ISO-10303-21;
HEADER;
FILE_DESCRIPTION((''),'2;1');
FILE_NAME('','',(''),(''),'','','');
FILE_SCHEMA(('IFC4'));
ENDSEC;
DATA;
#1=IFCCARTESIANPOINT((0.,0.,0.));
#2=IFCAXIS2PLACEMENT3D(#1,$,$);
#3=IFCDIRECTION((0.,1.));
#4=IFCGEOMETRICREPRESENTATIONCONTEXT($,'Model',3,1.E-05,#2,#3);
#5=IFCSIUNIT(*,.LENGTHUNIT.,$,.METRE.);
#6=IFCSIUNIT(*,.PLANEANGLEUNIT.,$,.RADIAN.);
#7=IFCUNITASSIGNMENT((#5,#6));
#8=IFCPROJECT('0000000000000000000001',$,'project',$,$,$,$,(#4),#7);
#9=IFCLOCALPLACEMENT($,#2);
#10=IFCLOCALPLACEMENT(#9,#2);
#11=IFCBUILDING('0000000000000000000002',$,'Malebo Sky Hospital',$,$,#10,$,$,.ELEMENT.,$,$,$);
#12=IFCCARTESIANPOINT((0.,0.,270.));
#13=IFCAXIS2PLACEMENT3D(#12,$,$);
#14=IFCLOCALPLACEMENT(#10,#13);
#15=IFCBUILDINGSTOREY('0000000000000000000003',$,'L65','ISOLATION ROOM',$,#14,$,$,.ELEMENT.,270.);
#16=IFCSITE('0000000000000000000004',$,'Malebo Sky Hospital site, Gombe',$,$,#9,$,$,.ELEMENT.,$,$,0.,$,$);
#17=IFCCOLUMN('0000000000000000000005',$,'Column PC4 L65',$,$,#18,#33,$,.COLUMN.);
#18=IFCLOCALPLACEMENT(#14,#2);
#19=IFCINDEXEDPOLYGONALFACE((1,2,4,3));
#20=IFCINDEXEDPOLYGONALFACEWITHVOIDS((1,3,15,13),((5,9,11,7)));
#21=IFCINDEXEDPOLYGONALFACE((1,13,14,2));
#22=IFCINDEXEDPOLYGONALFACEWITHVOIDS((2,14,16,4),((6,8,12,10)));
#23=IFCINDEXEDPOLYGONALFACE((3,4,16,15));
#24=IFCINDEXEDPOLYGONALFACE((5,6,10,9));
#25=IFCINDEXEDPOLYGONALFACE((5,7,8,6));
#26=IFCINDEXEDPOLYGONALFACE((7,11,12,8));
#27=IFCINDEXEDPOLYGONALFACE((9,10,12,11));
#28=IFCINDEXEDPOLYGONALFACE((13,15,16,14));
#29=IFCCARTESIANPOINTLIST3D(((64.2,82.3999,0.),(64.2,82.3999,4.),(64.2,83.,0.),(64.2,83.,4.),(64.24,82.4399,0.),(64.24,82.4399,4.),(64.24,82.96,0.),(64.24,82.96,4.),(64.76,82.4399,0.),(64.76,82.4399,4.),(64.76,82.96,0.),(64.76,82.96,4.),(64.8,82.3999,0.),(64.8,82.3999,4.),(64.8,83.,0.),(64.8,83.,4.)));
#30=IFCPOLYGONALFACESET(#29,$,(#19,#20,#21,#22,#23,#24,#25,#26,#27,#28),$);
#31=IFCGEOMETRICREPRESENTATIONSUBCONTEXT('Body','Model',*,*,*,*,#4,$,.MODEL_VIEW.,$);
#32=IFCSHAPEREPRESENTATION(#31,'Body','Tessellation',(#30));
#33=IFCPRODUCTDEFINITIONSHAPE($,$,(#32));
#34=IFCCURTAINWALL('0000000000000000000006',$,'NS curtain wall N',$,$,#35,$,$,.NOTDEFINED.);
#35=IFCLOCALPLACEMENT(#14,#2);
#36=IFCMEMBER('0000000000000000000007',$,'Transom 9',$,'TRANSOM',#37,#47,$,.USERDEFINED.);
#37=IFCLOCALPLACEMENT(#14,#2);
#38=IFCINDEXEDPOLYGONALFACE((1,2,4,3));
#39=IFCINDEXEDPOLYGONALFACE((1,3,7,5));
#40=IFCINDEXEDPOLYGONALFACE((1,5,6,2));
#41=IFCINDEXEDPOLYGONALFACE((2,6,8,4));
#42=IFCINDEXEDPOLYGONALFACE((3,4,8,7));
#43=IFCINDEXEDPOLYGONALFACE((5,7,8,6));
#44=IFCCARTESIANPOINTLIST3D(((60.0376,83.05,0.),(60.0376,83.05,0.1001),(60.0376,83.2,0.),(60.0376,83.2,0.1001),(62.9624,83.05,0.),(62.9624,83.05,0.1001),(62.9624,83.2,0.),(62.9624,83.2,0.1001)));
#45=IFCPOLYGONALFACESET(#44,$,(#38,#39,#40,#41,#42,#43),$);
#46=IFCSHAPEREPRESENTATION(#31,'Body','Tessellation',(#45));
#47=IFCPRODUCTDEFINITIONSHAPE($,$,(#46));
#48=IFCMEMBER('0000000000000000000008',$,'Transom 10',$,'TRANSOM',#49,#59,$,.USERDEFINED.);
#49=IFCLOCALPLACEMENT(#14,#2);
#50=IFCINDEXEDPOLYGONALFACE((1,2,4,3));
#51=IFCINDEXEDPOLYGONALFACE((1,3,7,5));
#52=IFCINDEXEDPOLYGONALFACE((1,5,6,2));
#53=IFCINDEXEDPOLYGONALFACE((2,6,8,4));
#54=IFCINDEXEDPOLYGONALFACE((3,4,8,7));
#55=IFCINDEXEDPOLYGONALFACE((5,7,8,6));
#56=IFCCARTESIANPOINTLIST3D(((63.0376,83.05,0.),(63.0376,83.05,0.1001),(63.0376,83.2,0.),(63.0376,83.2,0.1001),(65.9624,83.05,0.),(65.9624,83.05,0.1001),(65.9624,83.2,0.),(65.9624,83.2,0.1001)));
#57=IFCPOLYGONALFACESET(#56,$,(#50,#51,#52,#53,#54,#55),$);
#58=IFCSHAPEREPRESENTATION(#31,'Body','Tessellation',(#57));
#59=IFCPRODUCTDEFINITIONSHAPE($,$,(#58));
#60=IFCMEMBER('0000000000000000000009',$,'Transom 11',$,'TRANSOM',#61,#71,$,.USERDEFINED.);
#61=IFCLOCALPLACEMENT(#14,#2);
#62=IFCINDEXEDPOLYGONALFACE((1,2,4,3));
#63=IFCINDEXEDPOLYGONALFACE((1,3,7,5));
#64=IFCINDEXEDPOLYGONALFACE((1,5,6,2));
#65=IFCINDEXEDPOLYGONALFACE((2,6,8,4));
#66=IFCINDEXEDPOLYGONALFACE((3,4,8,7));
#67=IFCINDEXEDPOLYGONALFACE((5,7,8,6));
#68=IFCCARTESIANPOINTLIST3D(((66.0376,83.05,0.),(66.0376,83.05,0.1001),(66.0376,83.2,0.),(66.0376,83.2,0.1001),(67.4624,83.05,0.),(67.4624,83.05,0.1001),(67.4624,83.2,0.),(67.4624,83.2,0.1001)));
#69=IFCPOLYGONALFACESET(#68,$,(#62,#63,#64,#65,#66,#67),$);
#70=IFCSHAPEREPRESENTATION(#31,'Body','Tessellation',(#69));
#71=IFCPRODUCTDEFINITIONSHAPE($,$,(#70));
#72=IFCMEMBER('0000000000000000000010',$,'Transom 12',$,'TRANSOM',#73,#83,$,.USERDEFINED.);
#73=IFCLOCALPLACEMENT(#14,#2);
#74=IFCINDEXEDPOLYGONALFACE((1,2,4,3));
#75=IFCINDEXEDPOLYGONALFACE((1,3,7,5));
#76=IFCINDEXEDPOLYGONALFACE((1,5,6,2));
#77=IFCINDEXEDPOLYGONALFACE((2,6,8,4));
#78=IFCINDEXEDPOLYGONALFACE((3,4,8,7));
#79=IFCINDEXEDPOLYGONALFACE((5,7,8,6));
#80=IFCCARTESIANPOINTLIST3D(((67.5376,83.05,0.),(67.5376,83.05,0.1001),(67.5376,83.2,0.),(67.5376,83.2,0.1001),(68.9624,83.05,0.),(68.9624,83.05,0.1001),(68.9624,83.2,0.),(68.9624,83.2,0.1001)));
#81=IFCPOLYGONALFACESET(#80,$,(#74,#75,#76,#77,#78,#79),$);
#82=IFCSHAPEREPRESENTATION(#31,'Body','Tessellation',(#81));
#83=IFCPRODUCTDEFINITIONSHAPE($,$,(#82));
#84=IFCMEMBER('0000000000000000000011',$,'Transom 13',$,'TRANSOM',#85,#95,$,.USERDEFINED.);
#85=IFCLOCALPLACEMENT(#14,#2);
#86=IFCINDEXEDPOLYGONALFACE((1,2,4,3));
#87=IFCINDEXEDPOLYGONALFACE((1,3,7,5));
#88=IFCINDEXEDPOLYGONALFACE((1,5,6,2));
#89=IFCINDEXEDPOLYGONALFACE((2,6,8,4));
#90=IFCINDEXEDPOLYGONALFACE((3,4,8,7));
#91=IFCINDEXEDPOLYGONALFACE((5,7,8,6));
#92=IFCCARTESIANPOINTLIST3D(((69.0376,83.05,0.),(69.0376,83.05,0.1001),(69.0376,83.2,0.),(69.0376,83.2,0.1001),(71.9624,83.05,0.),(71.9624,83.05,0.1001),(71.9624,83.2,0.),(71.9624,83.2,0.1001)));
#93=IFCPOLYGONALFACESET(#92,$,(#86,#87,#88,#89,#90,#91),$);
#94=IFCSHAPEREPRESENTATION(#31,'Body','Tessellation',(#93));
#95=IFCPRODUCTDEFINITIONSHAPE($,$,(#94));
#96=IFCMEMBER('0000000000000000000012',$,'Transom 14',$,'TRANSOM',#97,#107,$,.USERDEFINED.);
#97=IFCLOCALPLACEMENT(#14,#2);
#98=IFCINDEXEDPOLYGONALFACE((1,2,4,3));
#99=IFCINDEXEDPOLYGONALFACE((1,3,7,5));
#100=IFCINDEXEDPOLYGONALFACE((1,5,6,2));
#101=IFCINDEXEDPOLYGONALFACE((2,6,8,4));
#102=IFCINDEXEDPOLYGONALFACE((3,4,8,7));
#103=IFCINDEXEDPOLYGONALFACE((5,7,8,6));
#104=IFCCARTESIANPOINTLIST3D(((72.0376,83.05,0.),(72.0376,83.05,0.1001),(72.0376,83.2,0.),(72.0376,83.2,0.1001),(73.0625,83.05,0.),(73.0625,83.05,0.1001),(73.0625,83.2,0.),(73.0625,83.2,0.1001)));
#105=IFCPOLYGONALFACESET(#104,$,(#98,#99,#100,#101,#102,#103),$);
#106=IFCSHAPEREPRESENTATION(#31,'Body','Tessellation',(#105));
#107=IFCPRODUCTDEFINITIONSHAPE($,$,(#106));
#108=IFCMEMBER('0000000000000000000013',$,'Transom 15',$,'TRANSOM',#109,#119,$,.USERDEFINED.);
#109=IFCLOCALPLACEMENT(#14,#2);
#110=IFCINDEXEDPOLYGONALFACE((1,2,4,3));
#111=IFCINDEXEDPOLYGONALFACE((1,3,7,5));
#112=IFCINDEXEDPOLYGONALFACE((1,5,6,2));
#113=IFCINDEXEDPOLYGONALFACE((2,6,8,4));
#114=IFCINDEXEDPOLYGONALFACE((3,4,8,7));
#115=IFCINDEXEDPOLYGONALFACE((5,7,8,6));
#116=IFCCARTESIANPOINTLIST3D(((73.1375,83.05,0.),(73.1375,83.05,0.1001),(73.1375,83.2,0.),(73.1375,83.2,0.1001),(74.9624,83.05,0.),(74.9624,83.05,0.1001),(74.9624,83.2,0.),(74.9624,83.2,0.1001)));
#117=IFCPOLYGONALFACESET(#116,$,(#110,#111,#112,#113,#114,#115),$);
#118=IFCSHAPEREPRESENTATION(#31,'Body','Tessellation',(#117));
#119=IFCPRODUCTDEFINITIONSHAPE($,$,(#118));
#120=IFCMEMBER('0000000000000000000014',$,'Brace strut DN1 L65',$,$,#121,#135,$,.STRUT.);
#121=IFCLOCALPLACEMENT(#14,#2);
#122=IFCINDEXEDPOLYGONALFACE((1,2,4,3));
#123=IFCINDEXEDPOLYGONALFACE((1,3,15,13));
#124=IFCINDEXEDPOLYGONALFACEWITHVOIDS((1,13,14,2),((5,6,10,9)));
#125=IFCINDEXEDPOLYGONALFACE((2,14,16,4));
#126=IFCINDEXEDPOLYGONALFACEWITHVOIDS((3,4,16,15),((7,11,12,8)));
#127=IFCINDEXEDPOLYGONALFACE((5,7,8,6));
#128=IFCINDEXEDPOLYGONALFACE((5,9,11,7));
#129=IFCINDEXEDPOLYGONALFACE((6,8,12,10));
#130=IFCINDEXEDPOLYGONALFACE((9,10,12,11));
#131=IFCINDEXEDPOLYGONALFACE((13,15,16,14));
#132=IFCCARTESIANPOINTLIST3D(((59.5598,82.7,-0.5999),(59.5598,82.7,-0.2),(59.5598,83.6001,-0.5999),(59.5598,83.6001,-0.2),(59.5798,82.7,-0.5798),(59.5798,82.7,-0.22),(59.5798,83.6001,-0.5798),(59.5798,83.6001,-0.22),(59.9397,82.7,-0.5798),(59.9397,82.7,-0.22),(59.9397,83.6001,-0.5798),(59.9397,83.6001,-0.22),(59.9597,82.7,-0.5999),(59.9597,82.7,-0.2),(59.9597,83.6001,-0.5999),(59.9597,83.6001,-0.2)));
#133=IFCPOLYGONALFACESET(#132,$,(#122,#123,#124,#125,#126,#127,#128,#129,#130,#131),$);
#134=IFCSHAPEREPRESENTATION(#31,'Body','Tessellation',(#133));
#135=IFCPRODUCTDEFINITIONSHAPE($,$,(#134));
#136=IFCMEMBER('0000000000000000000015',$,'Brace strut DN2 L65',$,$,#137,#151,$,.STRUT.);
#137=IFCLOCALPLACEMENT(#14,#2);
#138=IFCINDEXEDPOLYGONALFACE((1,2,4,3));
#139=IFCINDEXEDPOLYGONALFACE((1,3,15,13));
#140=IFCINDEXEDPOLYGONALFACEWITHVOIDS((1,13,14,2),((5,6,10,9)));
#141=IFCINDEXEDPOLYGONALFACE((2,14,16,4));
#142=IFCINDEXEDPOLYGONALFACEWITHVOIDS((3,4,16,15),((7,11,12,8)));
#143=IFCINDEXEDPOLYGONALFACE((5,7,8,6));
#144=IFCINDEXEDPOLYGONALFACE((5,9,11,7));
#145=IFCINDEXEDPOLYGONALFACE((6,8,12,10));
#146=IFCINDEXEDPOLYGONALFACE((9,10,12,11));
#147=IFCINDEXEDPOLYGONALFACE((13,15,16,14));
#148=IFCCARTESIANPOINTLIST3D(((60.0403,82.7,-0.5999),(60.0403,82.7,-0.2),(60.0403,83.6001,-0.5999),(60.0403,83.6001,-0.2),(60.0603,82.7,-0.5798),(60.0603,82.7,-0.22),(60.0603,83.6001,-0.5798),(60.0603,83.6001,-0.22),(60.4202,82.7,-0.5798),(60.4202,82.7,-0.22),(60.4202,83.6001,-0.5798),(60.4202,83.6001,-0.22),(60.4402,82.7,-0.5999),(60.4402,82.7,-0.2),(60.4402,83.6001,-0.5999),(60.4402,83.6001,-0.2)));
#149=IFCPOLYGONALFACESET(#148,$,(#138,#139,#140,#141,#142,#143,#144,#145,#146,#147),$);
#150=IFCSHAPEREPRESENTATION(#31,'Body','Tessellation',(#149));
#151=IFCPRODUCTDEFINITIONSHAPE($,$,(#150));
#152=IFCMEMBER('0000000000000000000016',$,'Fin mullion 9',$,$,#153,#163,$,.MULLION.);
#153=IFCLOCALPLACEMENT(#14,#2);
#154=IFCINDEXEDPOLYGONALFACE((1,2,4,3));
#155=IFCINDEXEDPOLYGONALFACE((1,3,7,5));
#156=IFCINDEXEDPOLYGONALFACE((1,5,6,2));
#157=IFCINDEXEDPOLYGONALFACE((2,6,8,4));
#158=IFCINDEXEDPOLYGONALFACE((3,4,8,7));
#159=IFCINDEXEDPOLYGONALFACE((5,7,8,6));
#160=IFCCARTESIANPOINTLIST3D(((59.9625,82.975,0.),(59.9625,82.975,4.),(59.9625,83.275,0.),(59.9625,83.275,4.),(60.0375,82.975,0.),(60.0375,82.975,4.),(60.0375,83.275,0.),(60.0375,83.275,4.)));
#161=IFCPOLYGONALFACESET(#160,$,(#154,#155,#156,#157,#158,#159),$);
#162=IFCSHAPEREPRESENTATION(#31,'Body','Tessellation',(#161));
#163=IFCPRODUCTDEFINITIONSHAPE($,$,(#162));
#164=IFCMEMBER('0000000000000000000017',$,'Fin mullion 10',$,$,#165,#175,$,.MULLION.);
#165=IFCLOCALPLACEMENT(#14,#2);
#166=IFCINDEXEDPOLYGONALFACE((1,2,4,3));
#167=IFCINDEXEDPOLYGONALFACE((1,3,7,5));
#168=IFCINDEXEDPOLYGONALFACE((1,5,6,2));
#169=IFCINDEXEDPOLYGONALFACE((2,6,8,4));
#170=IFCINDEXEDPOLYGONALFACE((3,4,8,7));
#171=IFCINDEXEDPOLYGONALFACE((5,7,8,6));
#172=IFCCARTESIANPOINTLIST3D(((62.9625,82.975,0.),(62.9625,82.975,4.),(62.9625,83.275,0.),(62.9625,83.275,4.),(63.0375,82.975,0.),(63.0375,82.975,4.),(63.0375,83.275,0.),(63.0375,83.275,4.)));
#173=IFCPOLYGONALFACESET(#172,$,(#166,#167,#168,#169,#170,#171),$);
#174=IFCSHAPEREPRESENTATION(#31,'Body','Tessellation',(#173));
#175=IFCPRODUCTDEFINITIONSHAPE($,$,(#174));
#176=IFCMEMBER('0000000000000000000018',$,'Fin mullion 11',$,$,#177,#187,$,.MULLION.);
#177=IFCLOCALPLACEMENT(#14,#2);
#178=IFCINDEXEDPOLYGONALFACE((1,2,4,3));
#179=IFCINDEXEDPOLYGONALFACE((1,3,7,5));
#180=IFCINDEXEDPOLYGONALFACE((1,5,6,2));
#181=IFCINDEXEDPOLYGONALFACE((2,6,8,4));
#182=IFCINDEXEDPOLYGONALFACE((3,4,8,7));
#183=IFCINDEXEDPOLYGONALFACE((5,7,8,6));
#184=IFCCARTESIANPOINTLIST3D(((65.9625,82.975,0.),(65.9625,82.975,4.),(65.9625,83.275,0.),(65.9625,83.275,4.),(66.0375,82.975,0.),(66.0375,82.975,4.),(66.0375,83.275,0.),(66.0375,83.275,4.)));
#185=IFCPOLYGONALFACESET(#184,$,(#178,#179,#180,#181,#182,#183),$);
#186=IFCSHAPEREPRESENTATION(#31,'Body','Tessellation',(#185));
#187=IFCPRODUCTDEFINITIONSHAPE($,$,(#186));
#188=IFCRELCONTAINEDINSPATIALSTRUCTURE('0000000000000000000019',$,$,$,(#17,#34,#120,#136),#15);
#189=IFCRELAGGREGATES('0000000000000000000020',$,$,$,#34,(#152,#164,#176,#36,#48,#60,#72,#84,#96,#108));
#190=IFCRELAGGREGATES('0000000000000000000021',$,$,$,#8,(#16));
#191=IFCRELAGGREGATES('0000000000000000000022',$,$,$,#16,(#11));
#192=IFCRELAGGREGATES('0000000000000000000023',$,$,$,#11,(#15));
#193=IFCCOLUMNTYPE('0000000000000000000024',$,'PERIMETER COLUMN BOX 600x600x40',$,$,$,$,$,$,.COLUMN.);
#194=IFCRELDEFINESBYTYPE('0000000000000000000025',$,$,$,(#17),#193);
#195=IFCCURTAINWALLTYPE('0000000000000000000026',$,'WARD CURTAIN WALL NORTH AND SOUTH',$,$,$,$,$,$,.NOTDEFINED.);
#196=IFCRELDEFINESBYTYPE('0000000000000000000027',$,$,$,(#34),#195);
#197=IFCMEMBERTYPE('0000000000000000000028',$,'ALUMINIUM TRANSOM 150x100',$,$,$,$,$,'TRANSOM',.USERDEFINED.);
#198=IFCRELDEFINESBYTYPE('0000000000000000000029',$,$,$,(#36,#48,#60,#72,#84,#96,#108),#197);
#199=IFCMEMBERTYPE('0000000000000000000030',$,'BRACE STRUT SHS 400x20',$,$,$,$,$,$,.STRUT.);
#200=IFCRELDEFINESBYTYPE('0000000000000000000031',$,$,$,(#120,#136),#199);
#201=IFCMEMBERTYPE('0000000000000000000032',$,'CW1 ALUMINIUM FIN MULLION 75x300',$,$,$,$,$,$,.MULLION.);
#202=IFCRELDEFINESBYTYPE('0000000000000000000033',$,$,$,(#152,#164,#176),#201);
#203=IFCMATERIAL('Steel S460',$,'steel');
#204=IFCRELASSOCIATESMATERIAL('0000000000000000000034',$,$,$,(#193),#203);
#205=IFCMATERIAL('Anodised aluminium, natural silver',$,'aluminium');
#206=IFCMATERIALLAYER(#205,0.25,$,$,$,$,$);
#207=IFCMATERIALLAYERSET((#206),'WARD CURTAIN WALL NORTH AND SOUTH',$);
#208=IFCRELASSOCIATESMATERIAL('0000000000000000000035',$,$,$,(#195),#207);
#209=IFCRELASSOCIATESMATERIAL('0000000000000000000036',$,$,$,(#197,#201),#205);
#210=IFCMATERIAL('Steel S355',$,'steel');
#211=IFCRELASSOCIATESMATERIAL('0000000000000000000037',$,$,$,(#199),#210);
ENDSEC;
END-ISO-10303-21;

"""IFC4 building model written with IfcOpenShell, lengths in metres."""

from ifc_helpers import new_model, si_unit, direction, frame, origin, origin_2d, place, context, subcontext, project, spatial, rectangle, hollow_rectangle, extrude, material, layer, layer_set, material_profile, profile_set, type_object, element, aggregate, save


model = new_model("IFC4")

# Units and contexts
model_context = context("Model", 3, precision=1e-05, world=origin(), true_north=direction((0.0, 1.0)))
body_context = subcontext(model_context, "Body", "Model", "MODEL_VIEW")
ifc_project = project(units=[si_unit("LENGTHUNIT", "METRE"), si_unit("PLANEANGLEUNIT", "RADIAN")], contexts=[model_context])

# Site, building, storey
site_placement = place(None, origin())
site = spatial("IfcSite", under=ifc_project, at=site_placement, Name="Malebo Sky Hospital site, Gombe", CompositionType="ELEMENT", RefElevation=0.0)
building_placement = place(site_placement, origin())
building = spatial("IfcBuilding", under=site, at=building_placement, Name="Malebo Sky Hospital", CompositionType="ELEMENT")
storey_placement = place(building_placement, frame((0.0, 0.0, 270.0)))
storey = spatial("IfcBuildingStorey", under=building, at=storey_placement, Name="L65", Description="ISOLATION ROOM", CompositionType="ELEMENT", Elevation=270.0)

# Column
ifc_material_1 = material(Name="Steel S460", Category="steel")
ifc_material_profile_1 = material_profile(ifc_material_1, hollow_rectangle(XDim=0.6001, YDim=0.6001, WallThickness=0.04, at=origin_2d()), Name="BOX 600x600x40")
ifc_profile_set_1 = profile_set([ifc_material_profile_1], Name="Steel S460")
column_type = type_object("IfcColumnType", Name="PERIMETER COLUMN BOX 600x600x40", PredefinedType="COLUMN", material=ifc_profile_set_1)
column_placement = place(storey_placement, frame((64.5, 82.7, 0.0), z_axis=(0.0, 0.0, 1.0), x_axis=(1.0, 0.0, 0.0)))
element("IfcColumn", 1, at=column_placement, inside=storey, type_object=column_type, Name="Column PC4 L65", PredefinedType="COLUMN", context=body_context, shape_type="SweptSolid", body=[
    extrude(hollow_rectangle(XDim=0.6001, YDim=0.6001, WallThickness=0.04, at=origin_2d()), origin(), (0.0, 0.0, 1.0), 4.0),
])

# Curtain wall, members
ifc_material_2 = material(Name="Anodised aluminium, natural silver", Category="aluminium")
ifc_layer_1 = layer(ifc_material_2, 0.25)
ifc_layer_set_1 = layer_set([ifc_layer_1], Name="WARD CURTAIN WALL NORTH AND SOUTH")
curtain_wall_type = type_object("IfcCurtainWallType", Name="WARD CURTAIN WALL NORTH AND SOUTH", PredefinedType="NOTDEFINED", material=ifc_layer_set_1)
curtain_wall_placement = place(storey_placement, origin())
curtain_wall = element("IfcCurtainWall", 2, at=curtain_wall_placement, inside=storey, type_object=curtain_wall_type, Name="NS curtain wall N", PredefinedType="NOTDEFINED")
ifc_material_profile_2 = material_profile(ifc_material_2, rectangle(XDim=0.1499, YDim=0.1001, at=origin_2d()), Name="ALUMINIUM TRANSOM 150x100")
ifc_profile_set_2 = profile_set([ifc_material_profile_2], Name="Anodised aluminium, natural silver")
member_type_1 = type_object("IfcMemberType", Name="ALUMINIUM TRANSOM 150x100", ElementType="TRANSOM", PredefinedType="USERDEFINED", material=ifc_profile_set_2)
member_1_placement = place(storey_placement, frame((60.0376, 83.125, 0.05), z_axis=(1.0, 0.0, 0.0), x_axis=(0.0, 1.0, 0.0)))
member_1 = element("IfcMember", 3, at=member_1_placement, type_object=member_type_1, Name="Transom 9", ObjectType="TRANSOM", PredefinedType="USERDEFINED", context=body_context, shape_type="SweptSolid", body=[
    extrude(rectangle(XDim=0.1499, YDim=0.1001, at=origin_2d()), origin(), (0.0, 0.0, 1.0), 2.9248),
])
member_2_placement = place(storey_placement, frame((63.0376, 83.125, 0.05), z_axis=(1.0, 0.0, 0.0), x_axis=(0.0, 1.0, 0.0)))
member_2 = element("IfcMember", 4, at=member_2_placement, type_object=member_type_1, Name="Transom 10", ObjectType="TRANSOM", PredefinedType="USERDEFINED", context=body_context, shape_type="SweptSolid", body=[
    extrude(rectangle(XDim=0.1499, YDim=0.1001, at=origin_2d()), origin(), (0.0, 0.0, 1.0), 2.9248),
])
member_3_placement = place(storey_placement, frame((66.0376, 83.125, 0.05), z_axis=(1.0, 0.0, 0.0), x_axis=(0.0, 1.0, 0.0)))
member_3 = element("IfcMember", 5, at=member_3_placement, type_object=member_type_1, Name="Transom 11", ObjectType="TRANSOM", PredefinedType="USERDEFINED", context=body_context, shape_type="SweptSolid", body=[
    extrude(rectangle(XDim=0.1499, YDim=0.1001, at=origin_2d()), origin(), (0.0, 0.0, 1.0), 1.4248),
])
member_4_placement = place(storey_placement, frame((67.5376, 83.125, 0.05), z_axis=(1.0, 0.0, 0.0), x_axis=(0.0, 1.0, 0.0)))
member_4 = element("IfcMember", 6, at=member_4_placement, type_object=member_type_1, Name="Transom 12", ObjectType="TRANSOM", PredefinedType="USERDEFINED", context=body_context, shape_type="SweptSolid", body=[
    extrude(rectangle(XDim=0.1499, YDim=0.1001, at=origin_2d()), origin(), (0.0, 0.0, 1.0), 1.4248),
])
member_5_placement = place(storey_placement, frame((69.0376, 83.125, 0.05), z_axis=(1.0, 0.0, 0.0), x_axis=(0.0, 1.0, 0.0)))
member_5 = element("IfcMember", 7, at=member_5_placement, type_object=member_type_1, Name="Transom 13", ObjectType="TRANSOM", PredefinedType="USERDEFINED", context=body_context, shape_type="SweptSolid", body=[
    extrude(rectangle(XDim=0.1499, YDim=0.1001, at=origin_2d()), origin(), (0.0, 0.0, 1.0), 2.9248),
])
member_6_placement = place(storey_placement, frame((72.0376, 83.125, 0.05), z_axis=(1.0, 0.0, 0.0), x_axis=(0.0, 1.0, 0.0)))
member_6 = element("IfcMember", 8, at=member_6_placement, type_object=member_type_1, Name="Transom 14", ObjectType="TRANSOM", PredefinedType="USERDEFINED", context=body_context, shape_type="SweptSolid", body=[
    extrude(rectangle(XDim=0.1499, YDim=0.1001, at=origin_2d()), origin(), (0.0, 0.0, 1.0), 1.0249),
])
member_7_placement = place(storey_placement, frame((73.1375, 83.125, 0.05), z_axis=(1.0, 0.0, 0.0), x_axis=(0.0, 1.0, 0.0)))
member_7 = element("IfcMember", 9, at=member_7_placement, type_object=member_type_1, Name="Transom 15", ObjectType="TRANSOM", PredefinedType="USERDEFINED", context=body_context, shape_type="SweptSolid", body=[
    extrude(rectangle(XDim=0.1499, YDim=0.1001, at=origin_2d()), origin(), (0.0, 0.0, 1.0), 1.825),
])

# Members
ifc_material_3 = material(Name="Steel S355", Category="steel")
ifc_material_profile_3 = material_profile(ifc_material_3, hollow_rectangle(XDim=0.3999, YDim=0.3999, WallThickness=0.02, at=origin_2d()), Name="SHS 400x20")
ifc_profile_set_3 = profile_set([ifc_material_profile_3], Name="Steel S355")
member_type_2 = type_object("IfcMemberType", Name="BRACE STRUT SHS 400x20", PredefinedType="STRUT", material=ifc_profile_set_3)
for number, where, z_axis, x_axis, name in (
    (10, (59.7598, 83.6001, -0.3999), (0.0, -1.0, 0.0), (1.0, 0.0, 0.0), "Brace strut DN1 L65"),
    (11, (60.2402, 83.6001, -0.3999), (0.0, -1.0, 0.0), (1.0, 0.0, 0.0), "Brace strut DN2 L65"),
):
    element("IfcMember", number, at=place(storey_placement, frame(where, z_axis=z_axis, x_axis=x_axis)), inside=storey, type_object=member_type_2, Name=name, PredefinedType="STRUT", context=body_context, shape_type="SweptSolid", body=[
        extrude(hollow_rectangle(XDim=0.3999, YDim=0.3999, WallThickness=0.02, at=origin_2d()), origin(), (0.0, 0.0, 1.0), 0.9001),
    ])

# Members
ifc_material_profile_4 = material_profile(ifc_material_2, rectangle(XDim=0.075, YDim=0.3, at=origin_2d()), Name="CW1 ALUMINIUM FIN MULLION 75x300")
ifc_profile_set_4 = profile_set([ifc_material_profile_4], Name="Anodised aluminium, natural silver")
member_type_3 = type_object("IfcMemberType", Name="CW1 ALUMINIUM FIN MULLION 75x300", PredefinedType="MULLION", material=ifc_profile_set_4)
member_8_placement = place(storey_placement, frame((60.0, 83.125, 0.0), z_axis=(0.0, 0.0, 1.0), x_axis=(1.0, 0.0, 0.0)))
member_8 = element("IfcMember", 12, at=member_8_placement, type_object=member_type_3, Name="Fin mullion 9", PredefinedType="MULLION", context=body_context, shape_type="SweptSolid", body=[
    extrude(rectangle(XDim=0.075, YDim=0.3, at=origin_2d()), origin(), (0.0, 0.0, 1.0), 4.0),
])
member_9_placement = place(storey_placement, frame((63.0, 83.125, 0.0), z_axis=(0.0, 0.0, 1.0), x_axis=(1.0, 0.0, 0.0)))
member_9 = element("IfcMember", 13, at=member_9_placement, type_object=member_type_3, Name="Fin mullion 10", PredefinedType="MULLION", context=body_context, shape_type="SweptSolid", body=[
    extrude(rectangle(XDim=0.075, YDim=0.3, at=origin_2d()), origin(), (0.0, 0.0, 1.0), 4.0),
])
member_10_placement = place(storey_placement, frame((66.0, 83.125, 0.0), z_axis=(0.0, 0.0, 1.0), x_axis=(1.0, 0.0, 0.0)))
member_10 = element("IfcMember", 14, at=member_10_placement, type_object=member_type_3, Name="Fin mullion 11", PredefinedType="MULLION", context=body_context, shape_type="SweptSolid", body=[
    extrude(rectangle(XDim=0.075, YDim=0.3, at=origin_2d()), origin(), (0.0, 0.0, 1.0), 4.0),
])

aggregate(curtain_wall, [member_8, member_9, member_10, member_1, member_2, member_3, member_4, member_5, member_6, member_7])

save(model, "model.ifc")
